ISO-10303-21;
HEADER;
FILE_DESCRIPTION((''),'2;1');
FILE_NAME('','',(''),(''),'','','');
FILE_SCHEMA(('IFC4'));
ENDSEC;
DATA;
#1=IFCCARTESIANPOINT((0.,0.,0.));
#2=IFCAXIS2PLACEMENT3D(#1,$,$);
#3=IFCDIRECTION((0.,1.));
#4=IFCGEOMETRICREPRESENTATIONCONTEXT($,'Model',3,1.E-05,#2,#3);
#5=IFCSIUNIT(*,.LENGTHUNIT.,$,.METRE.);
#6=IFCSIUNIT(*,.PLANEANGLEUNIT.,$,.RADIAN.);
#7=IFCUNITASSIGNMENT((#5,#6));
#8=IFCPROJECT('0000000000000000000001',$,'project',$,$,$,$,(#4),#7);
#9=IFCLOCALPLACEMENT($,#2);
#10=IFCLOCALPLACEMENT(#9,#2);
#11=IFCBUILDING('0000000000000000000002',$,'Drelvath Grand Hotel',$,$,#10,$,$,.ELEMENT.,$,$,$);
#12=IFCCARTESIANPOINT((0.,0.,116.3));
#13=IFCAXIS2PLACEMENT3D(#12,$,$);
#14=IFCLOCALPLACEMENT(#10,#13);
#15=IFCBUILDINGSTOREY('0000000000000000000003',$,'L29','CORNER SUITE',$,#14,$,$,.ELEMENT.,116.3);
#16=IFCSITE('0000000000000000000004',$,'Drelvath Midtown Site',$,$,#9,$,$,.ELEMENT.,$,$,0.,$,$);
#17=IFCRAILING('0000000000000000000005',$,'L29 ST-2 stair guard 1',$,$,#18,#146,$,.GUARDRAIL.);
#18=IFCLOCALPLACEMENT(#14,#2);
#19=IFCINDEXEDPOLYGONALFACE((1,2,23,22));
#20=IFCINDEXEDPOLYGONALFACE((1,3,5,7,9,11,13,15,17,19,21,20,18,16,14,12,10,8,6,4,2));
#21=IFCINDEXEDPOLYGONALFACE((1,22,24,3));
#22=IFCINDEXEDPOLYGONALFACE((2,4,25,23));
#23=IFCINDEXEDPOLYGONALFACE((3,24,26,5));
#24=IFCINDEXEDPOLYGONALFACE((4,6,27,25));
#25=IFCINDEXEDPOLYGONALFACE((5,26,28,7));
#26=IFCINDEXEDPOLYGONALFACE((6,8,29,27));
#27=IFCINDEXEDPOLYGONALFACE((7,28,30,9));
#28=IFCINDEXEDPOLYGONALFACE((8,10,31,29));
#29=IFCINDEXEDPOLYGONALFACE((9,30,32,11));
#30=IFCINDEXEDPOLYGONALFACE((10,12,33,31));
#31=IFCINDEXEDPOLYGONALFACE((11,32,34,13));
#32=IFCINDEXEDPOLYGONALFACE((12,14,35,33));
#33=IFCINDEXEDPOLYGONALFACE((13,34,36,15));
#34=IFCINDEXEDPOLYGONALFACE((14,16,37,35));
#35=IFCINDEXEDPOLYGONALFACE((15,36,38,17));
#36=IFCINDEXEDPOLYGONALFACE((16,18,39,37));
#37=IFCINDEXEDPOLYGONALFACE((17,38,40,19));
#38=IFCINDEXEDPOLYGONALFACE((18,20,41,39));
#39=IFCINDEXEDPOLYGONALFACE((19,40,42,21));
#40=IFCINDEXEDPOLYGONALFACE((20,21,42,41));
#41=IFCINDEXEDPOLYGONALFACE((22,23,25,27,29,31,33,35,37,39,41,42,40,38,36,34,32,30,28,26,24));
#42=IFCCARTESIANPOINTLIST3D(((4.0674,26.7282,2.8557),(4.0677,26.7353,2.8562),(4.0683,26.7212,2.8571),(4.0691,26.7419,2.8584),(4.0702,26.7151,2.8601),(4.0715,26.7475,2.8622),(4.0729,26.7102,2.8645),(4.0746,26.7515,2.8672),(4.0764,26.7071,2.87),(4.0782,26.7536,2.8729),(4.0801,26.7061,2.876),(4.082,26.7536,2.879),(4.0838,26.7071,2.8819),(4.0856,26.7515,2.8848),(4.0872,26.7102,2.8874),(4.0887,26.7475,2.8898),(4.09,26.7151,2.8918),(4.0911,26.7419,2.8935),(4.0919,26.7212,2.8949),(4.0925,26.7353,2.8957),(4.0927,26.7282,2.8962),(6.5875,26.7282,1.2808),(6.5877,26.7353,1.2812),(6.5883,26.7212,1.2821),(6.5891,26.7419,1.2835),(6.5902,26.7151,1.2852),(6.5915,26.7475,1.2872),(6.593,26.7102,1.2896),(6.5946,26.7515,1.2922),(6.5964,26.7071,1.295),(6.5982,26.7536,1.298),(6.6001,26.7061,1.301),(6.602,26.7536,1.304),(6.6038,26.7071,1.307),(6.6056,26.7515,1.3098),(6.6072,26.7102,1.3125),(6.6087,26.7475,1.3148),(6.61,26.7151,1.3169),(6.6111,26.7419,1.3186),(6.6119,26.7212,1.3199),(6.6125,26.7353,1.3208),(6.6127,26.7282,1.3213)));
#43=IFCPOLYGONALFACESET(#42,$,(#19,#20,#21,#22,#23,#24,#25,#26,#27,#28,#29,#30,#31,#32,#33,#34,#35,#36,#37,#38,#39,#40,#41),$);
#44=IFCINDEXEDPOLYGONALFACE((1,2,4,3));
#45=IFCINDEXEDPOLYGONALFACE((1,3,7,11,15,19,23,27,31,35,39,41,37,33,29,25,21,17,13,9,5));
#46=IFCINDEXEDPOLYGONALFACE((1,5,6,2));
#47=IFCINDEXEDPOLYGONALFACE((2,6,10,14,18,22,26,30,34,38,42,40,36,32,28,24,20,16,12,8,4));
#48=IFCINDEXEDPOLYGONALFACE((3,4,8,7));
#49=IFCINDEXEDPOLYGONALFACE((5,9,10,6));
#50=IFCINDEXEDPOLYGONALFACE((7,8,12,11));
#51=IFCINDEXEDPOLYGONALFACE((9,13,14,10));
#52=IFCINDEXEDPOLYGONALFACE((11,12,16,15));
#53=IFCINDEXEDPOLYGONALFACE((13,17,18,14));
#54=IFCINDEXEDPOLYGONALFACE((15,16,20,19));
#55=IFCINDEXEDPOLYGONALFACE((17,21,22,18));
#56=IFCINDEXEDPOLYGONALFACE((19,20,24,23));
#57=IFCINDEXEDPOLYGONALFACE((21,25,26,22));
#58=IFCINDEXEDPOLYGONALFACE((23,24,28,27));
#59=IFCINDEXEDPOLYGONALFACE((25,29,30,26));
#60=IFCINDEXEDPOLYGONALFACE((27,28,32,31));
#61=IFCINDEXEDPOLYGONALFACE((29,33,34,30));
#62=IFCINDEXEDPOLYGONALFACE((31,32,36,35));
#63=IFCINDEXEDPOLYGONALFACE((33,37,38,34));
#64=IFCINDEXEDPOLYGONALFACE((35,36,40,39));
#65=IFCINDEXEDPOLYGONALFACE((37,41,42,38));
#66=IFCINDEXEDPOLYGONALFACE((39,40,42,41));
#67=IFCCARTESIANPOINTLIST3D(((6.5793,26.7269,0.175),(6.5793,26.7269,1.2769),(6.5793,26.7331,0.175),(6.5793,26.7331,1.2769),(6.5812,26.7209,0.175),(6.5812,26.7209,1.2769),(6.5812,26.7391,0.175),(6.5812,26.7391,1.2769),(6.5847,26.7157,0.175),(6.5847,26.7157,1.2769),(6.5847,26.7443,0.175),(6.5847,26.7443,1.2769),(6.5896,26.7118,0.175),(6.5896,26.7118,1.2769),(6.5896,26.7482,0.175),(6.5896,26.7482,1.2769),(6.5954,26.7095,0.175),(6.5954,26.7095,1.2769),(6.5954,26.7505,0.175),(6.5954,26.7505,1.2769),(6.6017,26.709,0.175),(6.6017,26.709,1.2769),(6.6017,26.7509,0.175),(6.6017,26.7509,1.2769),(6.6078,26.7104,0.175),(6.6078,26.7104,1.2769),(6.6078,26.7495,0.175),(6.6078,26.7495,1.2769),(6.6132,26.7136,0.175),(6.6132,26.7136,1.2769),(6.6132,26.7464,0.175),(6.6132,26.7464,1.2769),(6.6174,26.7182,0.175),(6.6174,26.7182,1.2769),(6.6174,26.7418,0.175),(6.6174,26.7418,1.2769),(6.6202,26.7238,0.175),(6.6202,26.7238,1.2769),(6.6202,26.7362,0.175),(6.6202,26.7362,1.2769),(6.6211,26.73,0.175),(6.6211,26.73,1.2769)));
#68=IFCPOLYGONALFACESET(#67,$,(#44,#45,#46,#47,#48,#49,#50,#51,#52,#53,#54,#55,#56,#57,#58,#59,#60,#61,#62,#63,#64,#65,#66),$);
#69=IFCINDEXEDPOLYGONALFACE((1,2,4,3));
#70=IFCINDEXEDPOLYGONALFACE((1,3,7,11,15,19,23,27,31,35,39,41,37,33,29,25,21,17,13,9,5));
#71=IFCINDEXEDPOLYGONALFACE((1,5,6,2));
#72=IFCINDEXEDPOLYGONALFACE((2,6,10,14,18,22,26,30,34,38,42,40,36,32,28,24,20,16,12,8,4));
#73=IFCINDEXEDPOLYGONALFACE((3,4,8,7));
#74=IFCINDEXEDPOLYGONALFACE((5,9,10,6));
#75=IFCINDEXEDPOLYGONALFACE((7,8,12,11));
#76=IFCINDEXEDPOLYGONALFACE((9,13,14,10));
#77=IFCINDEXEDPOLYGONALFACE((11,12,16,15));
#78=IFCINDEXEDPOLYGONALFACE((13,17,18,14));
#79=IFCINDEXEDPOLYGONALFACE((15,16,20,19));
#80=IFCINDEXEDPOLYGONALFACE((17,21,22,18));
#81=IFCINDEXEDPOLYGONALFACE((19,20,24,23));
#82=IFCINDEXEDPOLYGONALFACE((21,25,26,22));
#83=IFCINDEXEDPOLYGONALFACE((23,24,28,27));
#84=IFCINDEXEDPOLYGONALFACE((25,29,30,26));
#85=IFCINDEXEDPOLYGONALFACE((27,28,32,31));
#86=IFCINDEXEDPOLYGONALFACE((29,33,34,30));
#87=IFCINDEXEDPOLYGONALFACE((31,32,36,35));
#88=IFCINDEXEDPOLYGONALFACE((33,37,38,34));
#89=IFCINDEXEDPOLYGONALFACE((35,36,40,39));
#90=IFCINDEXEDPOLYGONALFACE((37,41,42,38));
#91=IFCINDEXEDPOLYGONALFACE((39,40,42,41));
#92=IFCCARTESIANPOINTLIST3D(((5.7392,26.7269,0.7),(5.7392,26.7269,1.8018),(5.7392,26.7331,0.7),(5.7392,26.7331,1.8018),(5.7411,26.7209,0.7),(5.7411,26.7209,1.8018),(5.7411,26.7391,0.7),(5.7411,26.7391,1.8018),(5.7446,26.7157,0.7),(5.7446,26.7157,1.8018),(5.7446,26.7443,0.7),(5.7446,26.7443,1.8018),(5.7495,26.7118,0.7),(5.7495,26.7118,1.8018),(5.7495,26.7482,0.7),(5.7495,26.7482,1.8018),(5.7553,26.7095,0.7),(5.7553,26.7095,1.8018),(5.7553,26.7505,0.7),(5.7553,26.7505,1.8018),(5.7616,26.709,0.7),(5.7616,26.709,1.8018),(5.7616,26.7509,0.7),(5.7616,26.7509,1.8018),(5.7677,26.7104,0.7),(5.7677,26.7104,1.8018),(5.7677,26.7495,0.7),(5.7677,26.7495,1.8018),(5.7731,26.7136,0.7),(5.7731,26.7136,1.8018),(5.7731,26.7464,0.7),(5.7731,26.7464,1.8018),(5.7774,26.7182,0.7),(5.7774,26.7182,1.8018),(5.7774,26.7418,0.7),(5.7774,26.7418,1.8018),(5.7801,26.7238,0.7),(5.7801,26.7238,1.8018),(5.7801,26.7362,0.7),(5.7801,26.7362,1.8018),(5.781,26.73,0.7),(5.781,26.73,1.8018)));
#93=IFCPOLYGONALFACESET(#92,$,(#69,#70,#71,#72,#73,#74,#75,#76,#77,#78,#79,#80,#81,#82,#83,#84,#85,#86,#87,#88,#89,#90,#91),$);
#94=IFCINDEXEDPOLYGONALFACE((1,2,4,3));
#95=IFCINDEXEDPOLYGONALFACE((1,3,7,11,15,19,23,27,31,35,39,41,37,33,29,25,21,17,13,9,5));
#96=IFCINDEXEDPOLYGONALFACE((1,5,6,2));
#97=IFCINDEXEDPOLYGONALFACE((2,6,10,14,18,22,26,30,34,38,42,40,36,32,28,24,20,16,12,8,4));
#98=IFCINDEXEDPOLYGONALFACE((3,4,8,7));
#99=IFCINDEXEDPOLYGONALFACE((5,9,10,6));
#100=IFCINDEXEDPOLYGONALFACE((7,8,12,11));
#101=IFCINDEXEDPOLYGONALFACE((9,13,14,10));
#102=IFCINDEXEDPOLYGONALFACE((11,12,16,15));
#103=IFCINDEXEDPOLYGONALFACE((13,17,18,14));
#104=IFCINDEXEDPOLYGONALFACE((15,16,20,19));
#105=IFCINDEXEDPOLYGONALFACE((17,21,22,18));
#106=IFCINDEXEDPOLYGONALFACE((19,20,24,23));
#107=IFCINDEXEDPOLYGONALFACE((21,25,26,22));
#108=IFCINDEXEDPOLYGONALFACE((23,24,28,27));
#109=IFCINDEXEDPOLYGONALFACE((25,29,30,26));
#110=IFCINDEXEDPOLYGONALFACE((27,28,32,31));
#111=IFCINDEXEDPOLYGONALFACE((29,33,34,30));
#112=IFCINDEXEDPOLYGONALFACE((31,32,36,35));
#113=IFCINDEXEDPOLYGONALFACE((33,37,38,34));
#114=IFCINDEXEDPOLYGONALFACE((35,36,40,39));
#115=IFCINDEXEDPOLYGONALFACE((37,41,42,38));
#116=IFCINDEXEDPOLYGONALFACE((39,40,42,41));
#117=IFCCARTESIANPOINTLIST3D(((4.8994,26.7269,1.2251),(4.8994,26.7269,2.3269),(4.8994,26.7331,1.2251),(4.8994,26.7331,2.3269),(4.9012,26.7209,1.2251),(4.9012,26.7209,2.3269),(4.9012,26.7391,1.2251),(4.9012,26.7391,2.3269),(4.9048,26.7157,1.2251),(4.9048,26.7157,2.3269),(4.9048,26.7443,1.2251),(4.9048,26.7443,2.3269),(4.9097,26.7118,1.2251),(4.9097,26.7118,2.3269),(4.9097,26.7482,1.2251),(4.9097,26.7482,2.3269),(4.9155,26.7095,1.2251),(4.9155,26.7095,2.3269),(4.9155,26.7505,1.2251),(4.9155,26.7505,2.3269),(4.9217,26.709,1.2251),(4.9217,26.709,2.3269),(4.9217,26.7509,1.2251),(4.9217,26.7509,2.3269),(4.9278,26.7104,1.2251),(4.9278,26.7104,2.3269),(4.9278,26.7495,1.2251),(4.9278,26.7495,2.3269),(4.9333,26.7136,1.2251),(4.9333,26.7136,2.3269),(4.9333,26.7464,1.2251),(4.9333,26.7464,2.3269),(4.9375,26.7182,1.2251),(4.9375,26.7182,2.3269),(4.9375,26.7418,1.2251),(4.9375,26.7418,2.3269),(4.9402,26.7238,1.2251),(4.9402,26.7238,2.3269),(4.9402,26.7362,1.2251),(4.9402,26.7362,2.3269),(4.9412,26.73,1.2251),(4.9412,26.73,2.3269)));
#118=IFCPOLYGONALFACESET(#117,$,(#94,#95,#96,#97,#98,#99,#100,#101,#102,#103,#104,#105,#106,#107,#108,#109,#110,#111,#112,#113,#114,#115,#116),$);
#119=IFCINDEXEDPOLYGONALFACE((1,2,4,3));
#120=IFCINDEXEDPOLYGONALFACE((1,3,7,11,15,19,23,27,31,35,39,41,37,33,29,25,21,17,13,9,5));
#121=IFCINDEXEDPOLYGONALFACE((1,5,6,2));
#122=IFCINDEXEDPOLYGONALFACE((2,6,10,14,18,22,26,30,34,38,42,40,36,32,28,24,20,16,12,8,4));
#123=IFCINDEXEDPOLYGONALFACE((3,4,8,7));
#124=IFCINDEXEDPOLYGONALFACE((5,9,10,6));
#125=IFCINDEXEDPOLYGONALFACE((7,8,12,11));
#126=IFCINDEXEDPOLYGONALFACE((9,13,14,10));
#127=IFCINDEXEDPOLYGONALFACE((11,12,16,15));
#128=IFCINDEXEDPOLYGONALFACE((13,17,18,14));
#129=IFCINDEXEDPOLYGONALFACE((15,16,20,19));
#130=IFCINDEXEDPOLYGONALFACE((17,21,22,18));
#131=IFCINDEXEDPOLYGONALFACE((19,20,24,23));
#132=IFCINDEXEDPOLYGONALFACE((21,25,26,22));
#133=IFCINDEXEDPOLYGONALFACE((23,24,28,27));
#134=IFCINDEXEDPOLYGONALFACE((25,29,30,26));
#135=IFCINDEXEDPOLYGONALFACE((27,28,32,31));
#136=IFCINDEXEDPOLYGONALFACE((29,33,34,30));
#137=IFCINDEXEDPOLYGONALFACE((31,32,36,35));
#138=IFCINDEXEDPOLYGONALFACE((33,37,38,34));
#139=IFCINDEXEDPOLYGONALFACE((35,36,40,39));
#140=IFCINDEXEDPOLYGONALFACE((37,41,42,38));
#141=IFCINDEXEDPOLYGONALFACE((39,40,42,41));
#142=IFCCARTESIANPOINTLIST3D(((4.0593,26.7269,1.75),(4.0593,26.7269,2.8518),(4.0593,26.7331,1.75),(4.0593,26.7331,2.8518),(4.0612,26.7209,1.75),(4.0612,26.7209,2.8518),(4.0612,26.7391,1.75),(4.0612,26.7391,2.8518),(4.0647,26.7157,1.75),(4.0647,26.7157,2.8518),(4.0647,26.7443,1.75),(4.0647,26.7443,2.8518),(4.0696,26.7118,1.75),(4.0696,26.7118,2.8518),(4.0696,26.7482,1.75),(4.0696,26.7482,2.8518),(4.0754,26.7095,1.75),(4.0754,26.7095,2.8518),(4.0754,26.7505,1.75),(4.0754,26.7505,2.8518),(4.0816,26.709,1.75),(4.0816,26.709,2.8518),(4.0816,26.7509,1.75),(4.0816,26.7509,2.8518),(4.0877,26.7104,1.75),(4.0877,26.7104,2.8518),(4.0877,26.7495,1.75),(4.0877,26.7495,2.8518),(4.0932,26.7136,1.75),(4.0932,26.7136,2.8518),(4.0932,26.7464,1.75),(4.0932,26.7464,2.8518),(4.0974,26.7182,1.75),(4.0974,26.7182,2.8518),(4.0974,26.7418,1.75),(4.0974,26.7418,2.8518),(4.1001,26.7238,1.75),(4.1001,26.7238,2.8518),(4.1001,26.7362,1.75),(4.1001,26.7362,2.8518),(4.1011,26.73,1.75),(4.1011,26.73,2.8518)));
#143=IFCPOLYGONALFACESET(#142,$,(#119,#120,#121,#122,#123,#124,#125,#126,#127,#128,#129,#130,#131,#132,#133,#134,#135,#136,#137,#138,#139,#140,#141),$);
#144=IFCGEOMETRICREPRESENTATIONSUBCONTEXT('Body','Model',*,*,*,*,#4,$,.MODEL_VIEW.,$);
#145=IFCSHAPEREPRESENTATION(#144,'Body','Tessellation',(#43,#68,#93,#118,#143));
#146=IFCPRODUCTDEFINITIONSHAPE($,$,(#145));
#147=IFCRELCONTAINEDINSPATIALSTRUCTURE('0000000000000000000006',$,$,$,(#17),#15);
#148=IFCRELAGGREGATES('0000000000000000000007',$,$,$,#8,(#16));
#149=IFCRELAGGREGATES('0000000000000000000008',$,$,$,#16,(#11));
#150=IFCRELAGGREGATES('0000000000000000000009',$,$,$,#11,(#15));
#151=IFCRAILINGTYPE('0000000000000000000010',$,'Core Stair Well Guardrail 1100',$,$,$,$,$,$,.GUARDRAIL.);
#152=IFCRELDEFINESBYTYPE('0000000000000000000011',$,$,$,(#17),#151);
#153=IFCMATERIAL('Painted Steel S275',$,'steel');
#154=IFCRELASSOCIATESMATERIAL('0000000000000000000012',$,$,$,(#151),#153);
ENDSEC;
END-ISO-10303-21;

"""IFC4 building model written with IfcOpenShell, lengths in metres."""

from ifc_helpers import new_model, si_unit, direction, frame, origin, origin_2d, place, context, subcontext, project, spatial, circle, extrude, material, type_object, element, save


model = new_model("IFC4")

# Units and contexts
model_context = context("Model", 3, precision=1e-05, world=origin(), true_north=direction((0.0, 1.0)))
body_context = subcontext(model_context, "Body", "Model", "MODEL_VIEW")
ifc_project = project(units=[si_unit("LENGTHUNIT", "METRE"), si_unit("PLANEANGLEUNIT", "RADIAN")], contexts=[model_context])

# Site, building, storey
site_placement = place(None, origin())
site = spatial("IfcSite", under=ifc_project, at=site_placement, Name="Drelvath Midtown Site", CompositionType="ELEMENT", RefElevation=0.0)
building_placement = place(site_placement, origin())
building = spatial("IfcBuilding", under=site, at=building_placement, Name="Drelvath Grand Hotel", CompositionType="ELEMENT")
storey_placement = place(building_placement, frame((0.0, 0.0, 116.3)))
storey = spatial("IfcBuildingStorey", under=building, at=storey_placement, Name="L29", Description="CORNER SUITE", CompositionType="ELEMENT", Elevation=116.3)

# Railing
ifc_material_1 = material(Name="Painted Steel S275", Category="steel")
railing_type_1 = type_object("IfcRailingType", Name="Core Stair Well Guardrail 1100", PredefinedType="GUARDRAIL", material=ifc_material_1)
railing_1_placement = place(storey_placement, frame((6.6001, 26.73, 0.175)))
element("IfcRailing", 1, at=railing_1_placement, inside=storey, type_object=railing_type_1, Name="L29 ST-2 stair guard 1", PredefinedType="GUARDRAIL", context=body_context, shape_type="SweptSolid", body=[
    extrude(circle(Radius=0.0239, at=origin_2d()), frame((0.0, 0.0, 1.126), z_axis=(-0.848008, 0.0, 0.529984), x_axis=(0.0, -1.0, 0.0)), (0.0, 0.0, 1.0), 2.9717),
    extrude(circle(Radius=0.021, at=origin_2d()), origin(), (0.0, 0.0, 1.0), 1.1018),
    extrude(circle(Radius=0.021, at=origin_2d()), frame((-0.8401, 0.0, 0.5249)), (0.0, 0.0, 1.0), 1.1018),
    extrude(circle(Radius=0.021, at=origin_2d()), frame((-1.6799, 0.0, 1.05)), (0.0, 0.0, 1.0), 1.1018),
    extrude(circle(Radius=0.021, at=origin_2d()), frame((-2.52, 0.0, 1.575)), (0.0, 0.0, 1.0), 1.1018),
])

save(model, "model.ifc")
